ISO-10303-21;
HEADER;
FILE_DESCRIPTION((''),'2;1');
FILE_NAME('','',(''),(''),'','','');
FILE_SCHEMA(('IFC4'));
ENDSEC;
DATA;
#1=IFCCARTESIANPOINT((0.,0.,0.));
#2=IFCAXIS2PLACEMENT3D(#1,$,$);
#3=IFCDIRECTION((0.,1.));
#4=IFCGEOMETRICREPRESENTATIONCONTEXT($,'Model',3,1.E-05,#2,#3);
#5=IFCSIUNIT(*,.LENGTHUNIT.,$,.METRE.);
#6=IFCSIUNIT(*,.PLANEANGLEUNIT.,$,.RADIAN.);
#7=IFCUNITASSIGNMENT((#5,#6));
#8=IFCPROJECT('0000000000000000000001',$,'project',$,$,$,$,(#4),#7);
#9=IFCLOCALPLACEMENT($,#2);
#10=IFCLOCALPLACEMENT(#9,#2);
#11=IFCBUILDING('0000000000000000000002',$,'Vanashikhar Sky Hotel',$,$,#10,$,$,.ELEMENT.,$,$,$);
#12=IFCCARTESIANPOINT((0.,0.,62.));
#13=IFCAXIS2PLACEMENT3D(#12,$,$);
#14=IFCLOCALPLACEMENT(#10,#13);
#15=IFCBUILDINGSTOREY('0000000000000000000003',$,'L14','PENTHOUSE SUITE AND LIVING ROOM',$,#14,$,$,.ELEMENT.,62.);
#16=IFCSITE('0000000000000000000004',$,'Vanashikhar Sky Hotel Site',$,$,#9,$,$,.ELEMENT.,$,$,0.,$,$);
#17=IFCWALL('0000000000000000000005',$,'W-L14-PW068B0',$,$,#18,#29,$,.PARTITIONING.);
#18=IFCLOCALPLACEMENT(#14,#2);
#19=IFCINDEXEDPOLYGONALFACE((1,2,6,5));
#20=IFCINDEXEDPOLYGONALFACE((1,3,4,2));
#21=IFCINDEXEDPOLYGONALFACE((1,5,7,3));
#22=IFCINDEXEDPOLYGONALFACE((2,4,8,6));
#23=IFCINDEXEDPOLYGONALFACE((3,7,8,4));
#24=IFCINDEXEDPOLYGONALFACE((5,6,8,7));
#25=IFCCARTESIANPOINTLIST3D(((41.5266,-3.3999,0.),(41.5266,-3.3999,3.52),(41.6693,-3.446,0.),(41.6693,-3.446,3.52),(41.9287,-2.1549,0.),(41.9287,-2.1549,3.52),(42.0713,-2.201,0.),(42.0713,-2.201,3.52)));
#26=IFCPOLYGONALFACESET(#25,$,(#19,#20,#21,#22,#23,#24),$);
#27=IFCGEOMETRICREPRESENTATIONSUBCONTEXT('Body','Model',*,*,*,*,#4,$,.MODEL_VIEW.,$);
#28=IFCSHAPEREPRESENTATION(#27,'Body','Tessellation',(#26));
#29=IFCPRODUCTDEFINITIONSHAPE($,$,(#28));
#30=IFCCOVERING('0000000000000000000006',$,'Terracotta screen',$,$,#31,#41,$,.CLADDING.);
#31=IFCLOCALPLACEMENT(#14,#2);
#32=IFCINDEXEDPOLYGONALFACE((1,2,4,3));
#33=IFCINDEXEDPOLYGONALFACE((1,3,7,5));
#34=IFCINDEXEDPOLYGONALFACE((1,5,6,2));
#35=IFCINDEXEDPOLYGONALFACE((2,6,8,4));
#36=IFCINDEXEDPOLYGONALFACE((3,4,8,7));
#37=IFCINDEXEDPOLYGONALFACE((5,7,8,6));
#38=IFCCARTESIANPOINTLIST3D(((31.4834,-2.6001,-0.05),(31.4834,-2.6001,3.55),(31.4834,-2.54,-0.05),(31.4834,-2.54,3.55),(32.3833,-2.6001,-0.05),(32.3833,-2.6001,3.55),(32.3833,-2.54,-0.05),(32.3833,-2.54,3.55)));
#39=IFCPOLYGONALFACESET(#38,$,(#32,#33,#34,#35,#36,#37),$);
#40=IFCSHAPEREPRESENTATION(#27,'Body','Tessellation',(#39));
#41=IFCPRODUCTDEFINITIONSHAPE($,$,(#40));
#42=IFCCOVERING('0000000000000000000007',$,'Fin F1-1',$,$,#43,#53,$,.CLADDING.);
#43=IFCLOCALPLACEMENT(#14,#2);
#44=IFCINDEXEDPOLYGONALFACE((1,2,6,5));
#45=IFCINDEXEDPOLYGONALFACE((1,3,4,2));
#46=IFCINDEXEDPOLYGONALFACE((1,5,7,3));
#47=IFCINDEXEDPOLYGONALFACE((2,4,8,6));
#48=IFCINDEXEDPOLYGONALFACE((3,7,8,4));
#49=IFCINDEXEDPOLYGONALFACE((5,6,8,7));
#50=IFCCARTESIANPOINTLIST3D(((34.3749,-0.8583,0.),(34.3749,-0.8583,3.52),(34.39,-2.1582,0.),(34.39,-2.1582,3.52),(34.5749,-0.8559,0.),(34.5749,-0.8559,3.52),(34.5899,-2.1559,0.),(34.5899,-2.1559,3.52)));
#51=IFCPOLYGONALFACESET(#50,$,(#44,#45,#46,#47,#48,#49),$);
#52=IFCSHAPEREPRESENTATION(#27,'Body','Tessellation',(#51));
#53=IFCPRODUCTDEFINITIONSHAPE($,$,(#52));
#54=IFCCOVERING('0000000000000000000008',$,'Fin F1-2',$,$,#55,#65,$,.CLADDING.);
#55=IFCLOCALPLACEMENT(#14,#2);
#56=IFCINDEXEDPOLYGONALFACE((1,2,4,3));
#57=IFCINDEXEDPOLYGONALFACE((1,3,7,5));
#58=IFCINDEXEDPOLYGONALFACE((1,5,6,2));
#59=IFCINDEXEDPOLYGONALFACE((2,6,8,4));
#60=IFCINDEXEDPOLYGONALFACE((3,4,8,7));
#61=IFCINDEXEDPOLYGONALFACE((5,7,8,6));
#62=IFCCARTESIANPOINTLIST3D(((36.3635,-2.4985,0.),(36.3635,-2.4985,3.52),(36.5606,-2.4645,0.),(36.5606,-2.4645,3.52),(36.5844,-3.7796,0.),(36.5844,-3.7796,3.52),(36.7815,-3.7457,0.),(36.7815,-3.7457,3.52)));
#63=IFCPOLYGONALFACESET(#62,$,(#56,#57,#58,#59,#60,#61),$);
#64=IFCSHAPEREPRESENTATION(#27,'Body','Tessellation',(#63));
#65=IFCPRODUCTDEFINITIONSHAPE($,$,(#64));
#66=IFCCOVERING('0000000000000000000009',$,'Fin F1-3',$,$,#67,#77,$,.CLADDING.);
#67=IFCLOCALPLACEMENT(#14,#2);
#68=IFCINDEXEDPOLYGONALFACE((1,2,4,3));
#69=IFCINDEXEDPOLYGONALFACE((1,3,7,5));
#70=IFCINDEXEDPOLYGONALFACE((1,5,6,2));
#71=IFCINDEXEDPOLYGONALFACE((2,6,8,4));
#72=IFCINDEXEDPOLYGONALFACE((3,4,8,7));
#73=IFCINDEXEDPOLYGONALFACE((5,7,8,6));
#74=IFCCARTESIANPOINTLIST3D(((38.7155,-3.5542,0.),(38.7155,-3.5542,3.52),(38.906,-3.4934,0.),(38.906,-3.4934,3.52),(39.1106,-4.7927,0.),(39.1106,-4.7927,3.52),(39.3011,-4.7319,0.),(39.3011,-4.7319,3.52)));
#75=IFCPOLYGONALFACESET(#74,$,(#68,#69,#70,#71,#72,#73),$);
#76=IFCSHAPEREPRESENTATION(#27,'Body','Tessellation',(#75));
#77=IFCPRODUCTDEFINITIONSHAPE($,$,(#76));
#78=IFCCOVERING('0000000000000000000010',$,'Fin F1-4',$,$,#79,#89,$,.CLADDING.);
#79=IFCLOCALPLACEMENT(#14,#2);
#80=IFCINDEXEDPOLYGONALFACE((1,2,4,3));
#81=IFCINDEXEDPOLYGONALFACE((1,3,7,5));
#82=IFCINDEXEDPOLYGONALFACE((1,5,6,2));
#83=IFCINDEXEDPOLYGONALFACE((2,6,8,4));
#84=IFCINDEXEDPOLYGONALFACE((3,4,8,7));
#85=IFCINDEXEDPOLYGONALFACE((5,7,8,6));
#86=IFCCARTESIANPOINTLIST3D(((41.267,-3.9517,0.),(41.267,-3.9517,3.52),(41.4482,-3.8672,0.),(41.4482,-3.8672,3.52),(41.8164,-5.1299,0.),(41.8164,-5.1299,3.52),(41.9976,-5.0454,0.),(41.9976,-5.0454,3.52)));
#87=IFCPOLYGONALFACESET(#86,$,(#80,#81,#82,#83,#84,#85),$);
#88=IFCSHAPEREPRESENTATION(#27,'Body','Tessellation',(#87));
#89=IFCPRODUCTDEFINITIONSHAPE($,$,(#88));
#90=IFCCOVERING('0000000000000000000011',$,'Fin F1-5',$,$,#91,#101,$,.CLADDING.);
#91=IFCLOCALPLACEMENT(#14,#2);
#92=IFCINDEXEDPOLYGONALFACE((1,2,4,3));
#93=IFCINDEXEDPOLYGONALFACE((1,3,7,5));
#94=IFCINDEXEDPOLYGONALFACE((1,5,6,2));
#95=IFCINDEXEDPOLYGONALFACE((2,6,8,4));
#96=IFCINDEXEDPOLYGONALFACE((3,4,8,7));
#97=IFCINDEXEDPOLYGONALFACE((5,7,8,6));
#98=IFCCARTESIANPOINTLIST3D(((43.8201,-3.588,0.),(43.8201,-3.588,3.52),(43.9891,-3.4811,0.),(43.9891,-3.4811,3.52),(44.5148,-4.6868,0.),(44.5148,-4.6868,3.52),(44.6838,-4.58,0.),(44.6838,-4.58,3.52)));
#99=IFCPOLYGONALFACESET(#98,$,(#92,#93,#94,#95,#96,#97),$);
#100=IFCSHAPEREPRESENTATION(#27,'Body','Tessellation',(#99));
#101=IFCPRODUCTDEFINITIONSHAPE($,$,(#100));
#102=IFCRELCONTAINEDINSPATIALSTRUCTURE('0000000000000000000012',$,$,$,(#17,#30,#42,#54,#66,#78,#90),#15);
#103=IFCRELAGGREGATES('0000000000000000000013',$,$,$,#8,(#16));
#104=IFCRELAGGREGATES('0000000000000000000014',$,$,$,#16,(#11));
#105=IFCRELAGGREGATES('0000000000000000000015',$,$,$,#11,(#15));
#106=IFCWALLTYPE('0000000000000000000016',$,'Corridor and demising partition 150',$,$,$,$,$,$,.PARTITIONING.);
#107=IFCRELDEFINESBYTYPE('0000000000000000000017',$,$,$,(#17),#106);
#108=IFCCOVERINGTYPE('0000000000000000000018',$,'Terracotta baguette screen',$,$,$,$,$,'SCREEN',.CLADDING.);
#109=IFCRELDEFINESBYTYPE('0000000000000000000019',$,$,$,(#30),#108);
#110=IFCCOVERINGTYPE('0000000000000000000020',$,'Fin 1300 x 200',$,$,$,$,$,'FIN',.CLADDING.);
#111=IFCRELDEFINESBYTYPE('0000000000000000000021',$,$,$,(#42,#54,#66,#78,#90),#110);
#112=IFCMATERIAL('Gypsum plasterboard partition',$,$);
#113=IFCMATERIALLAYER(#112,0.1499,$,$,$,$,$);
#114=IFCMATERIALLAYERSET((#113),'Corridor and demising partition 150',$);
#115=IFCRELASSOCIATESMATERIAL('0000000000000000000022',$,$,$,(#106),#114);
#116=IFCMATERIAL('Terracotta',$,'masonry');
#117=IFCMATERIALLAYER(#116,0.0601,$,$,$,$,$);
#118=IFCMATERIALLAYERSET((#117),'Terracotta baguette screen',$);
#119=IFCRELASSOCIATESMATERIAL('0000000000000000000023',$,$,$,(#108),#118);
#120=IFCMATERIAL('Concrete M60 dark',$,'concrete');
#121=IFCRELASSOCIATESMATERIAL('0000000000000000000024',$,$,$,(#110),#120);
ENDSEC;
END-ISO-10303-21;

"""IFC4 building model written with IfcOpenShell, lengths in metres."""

from ifc_helpers import new_model, si_unit, direction, frame, frame_2d, origin, origin_2d, place, context, subcontext, project, spatial, rectangle, extrude, source, transform, mapped, material, layer, layer_set, material_profile, profile_set, type_object, element, save


model = new_model("IFC4")

# Units and contexts
model_context = context("Model", 3, precision=1e-05, world=origin(), true_north=direction((0.0, 1.0)))
body_context = subcontext(model_context, "Body", "Model", "MODEL_VIEW")
ifc_project = project(units=[si_unit("LENGTHUNIT", "METRE"), si_unit("PLANEANGLEUNIT", "RADIAN")], contexts=[model_context])

# Site, building, storey
site_placement = place(None, origin())
site = spatial("IfcSite", under=ifc_project, at=site_placement, Name="Vanashikhar Sky Hotel Site", CompositionType="ELEMENT", RefElevation=0.0)
building_placement = place(site_placement, origin())
building = spatial("IfcBuilding", under=site, at=building_placement, Name="Vanashikhar Sky Hotel", CompositionType="ELEMENT")
storey_placement = place(building_placement, frame((0.0, 0.0, 62.0)))
storey = spatial("IfcBuildingStorey", under=building, at=storey_placement, Name="L14", Description="PENTHOUSE SUITE AND LIVING ROOM", CompositionType="ELEMENT", Elevation=62.0)

# Wall
ifc_material_1 = material(Name="Gypsum plasterboard partition")
ifc_layer_1 = layer(ifc_material_1, 0.1499)
ifc_layer_set_1 = layer_set([ifc_layer_1], Name="Corridor and demising partition 150")
wall_type_1 = type_object("IfcWallType", Name="Corridor and demising partition 150", PredefinedType="PARTITIONING", material=ifc_layer_set_1)
shared_shape_1 = source(origin(), body_context, "Body", "SweptSolid", [
    extrude(rectangle(XDim=1.3083, YDim=0.1499, at=frame_2d((0.6543, 0.0))), origin(), (0.0, 0.0, 1.0), 3.52),
])
wall_1_placement = place(storey_placement, frame((41.5979, -3.4231, 0.0), z_axis=(0.0, 0.0, 1.0), x_axis=(0.307314, 0.951608, 0.0)))
element("IfcWall", 1, at=wall_1_placement, inside=storey, type_object=wall_type_1, Name="W-L14-PW068B0", PredefinedType="PARTITIONING", context=body_context, shape_type="MappedRepresentation", body=[
    mapped(shared_shape_1, transform((0.0, 0.0, 0.0), scale=1.0)),
])

# Coverings
ifc_material_2 = material(Name="Terracotta", Category="masonry")
ifc_layer_2 = layer(ifc_material_2, 0.0601)
ifc_layer_set_2 = layer_set([ifc_layer_2], Name="Terracotta baguette screen")
covering_type_1 = type_object("IfcCoveringType", Name="Terracotta baguette screen", ElementType="SCREEN", PredefinedType="CLADDING", material=ifc_layer_set_2)
shared_shape_2 = source(origin(), body_context, "Body", "SweptSolid", [
    extrude(rectangle(XDim=0.8999, YDim=0.0601, at=origin_2d()), origin(), (0.0, 0.0, 1.0), 3.6001),
])
covering_placement = place(storey_placement, frame((31.9333, -2.5701, -0.05), z_axis=(0.0, 0.0, 1.0), x_axis=(1.0, 0.0, 0.0)))
element("IfcCovering", 2, at=covering_placement, inside=storey, type_object=covering_type_1, Name="Terracotta screen", PredefinedType="CLADDING", context=body_context, shape_type="MappedRepresentation", body=[
    mapped(shared_shape_2, transform((0.0, 0.0, 0.0), scale=1.0)),
])
ifc_material_3 = material(Name="Concrete M60 dark", Category="concrete")
ifc_material_profile = material_profile(ifc_material_3, rectangle(XDim=1.3, YDim=0.2, at=origin_2d()))
ifc_profile_set = profile_set([ifc_material_profile], Name="Fin 1300 x 200")
covering_type_2 = type_object("IfcCoveringType", Name="Fin 1300 x 200", ElementType="FIN", PredefinedType="CLADDING", material=ifc_profile_set)
shared_shape_3 = source(origin(), body_context, "Body", "SweptSolid", [
    extrude(rectangle(XDim=1.3, YDim=0.2, at=origin_2d()), origin(), (0.0, 0.0, 1.0), 3.52),
])
for number, where, z_axis, x_axis, name in (
    (3, (34.4824, -1.5071, 0.0), (0.0, 0.0, 1.0), (0.011589, -0.999933, 0.0), "Fin F1-1"),
    (4, (36.5725, -3.1221, 0.0), (0.0, 0.0, 1.0), (0.1699, -0.985461, 0.0), "Fin F1-2"),
    (5, (39.0083, -4.1431, 0.0), (0.0, 0.0, 1.0), (0.303967, -0.952683, 0.0), "Fin F1-3"),
    (6, (41.6323, -4.4985, 0.0), (0.0, 0.0, 1.0), (0.422618, -0.906308, 0.0), "Fin F1-4"),
    (7, (44.252, -4.084, 0.0), (0.0, 0.0, 1.0), (0.534411, -0.845225, 0.0), "Fin F1-5"),
):
    element("IfcCovering", number, at=place(storey_placement, frame(where, z_axis=z_axis, x_axis=x_axis)), inside=storey, type_object=covering_type_2, Name=name, PredefinedType="CLADDING", context=body_context, shape_type="MappedRepresentation", body=[
        mapped(shared_shape_3, transform((0.0, 0.0, 0.0), scale=1.0)),
    ])

save(model, "model.ifc")
